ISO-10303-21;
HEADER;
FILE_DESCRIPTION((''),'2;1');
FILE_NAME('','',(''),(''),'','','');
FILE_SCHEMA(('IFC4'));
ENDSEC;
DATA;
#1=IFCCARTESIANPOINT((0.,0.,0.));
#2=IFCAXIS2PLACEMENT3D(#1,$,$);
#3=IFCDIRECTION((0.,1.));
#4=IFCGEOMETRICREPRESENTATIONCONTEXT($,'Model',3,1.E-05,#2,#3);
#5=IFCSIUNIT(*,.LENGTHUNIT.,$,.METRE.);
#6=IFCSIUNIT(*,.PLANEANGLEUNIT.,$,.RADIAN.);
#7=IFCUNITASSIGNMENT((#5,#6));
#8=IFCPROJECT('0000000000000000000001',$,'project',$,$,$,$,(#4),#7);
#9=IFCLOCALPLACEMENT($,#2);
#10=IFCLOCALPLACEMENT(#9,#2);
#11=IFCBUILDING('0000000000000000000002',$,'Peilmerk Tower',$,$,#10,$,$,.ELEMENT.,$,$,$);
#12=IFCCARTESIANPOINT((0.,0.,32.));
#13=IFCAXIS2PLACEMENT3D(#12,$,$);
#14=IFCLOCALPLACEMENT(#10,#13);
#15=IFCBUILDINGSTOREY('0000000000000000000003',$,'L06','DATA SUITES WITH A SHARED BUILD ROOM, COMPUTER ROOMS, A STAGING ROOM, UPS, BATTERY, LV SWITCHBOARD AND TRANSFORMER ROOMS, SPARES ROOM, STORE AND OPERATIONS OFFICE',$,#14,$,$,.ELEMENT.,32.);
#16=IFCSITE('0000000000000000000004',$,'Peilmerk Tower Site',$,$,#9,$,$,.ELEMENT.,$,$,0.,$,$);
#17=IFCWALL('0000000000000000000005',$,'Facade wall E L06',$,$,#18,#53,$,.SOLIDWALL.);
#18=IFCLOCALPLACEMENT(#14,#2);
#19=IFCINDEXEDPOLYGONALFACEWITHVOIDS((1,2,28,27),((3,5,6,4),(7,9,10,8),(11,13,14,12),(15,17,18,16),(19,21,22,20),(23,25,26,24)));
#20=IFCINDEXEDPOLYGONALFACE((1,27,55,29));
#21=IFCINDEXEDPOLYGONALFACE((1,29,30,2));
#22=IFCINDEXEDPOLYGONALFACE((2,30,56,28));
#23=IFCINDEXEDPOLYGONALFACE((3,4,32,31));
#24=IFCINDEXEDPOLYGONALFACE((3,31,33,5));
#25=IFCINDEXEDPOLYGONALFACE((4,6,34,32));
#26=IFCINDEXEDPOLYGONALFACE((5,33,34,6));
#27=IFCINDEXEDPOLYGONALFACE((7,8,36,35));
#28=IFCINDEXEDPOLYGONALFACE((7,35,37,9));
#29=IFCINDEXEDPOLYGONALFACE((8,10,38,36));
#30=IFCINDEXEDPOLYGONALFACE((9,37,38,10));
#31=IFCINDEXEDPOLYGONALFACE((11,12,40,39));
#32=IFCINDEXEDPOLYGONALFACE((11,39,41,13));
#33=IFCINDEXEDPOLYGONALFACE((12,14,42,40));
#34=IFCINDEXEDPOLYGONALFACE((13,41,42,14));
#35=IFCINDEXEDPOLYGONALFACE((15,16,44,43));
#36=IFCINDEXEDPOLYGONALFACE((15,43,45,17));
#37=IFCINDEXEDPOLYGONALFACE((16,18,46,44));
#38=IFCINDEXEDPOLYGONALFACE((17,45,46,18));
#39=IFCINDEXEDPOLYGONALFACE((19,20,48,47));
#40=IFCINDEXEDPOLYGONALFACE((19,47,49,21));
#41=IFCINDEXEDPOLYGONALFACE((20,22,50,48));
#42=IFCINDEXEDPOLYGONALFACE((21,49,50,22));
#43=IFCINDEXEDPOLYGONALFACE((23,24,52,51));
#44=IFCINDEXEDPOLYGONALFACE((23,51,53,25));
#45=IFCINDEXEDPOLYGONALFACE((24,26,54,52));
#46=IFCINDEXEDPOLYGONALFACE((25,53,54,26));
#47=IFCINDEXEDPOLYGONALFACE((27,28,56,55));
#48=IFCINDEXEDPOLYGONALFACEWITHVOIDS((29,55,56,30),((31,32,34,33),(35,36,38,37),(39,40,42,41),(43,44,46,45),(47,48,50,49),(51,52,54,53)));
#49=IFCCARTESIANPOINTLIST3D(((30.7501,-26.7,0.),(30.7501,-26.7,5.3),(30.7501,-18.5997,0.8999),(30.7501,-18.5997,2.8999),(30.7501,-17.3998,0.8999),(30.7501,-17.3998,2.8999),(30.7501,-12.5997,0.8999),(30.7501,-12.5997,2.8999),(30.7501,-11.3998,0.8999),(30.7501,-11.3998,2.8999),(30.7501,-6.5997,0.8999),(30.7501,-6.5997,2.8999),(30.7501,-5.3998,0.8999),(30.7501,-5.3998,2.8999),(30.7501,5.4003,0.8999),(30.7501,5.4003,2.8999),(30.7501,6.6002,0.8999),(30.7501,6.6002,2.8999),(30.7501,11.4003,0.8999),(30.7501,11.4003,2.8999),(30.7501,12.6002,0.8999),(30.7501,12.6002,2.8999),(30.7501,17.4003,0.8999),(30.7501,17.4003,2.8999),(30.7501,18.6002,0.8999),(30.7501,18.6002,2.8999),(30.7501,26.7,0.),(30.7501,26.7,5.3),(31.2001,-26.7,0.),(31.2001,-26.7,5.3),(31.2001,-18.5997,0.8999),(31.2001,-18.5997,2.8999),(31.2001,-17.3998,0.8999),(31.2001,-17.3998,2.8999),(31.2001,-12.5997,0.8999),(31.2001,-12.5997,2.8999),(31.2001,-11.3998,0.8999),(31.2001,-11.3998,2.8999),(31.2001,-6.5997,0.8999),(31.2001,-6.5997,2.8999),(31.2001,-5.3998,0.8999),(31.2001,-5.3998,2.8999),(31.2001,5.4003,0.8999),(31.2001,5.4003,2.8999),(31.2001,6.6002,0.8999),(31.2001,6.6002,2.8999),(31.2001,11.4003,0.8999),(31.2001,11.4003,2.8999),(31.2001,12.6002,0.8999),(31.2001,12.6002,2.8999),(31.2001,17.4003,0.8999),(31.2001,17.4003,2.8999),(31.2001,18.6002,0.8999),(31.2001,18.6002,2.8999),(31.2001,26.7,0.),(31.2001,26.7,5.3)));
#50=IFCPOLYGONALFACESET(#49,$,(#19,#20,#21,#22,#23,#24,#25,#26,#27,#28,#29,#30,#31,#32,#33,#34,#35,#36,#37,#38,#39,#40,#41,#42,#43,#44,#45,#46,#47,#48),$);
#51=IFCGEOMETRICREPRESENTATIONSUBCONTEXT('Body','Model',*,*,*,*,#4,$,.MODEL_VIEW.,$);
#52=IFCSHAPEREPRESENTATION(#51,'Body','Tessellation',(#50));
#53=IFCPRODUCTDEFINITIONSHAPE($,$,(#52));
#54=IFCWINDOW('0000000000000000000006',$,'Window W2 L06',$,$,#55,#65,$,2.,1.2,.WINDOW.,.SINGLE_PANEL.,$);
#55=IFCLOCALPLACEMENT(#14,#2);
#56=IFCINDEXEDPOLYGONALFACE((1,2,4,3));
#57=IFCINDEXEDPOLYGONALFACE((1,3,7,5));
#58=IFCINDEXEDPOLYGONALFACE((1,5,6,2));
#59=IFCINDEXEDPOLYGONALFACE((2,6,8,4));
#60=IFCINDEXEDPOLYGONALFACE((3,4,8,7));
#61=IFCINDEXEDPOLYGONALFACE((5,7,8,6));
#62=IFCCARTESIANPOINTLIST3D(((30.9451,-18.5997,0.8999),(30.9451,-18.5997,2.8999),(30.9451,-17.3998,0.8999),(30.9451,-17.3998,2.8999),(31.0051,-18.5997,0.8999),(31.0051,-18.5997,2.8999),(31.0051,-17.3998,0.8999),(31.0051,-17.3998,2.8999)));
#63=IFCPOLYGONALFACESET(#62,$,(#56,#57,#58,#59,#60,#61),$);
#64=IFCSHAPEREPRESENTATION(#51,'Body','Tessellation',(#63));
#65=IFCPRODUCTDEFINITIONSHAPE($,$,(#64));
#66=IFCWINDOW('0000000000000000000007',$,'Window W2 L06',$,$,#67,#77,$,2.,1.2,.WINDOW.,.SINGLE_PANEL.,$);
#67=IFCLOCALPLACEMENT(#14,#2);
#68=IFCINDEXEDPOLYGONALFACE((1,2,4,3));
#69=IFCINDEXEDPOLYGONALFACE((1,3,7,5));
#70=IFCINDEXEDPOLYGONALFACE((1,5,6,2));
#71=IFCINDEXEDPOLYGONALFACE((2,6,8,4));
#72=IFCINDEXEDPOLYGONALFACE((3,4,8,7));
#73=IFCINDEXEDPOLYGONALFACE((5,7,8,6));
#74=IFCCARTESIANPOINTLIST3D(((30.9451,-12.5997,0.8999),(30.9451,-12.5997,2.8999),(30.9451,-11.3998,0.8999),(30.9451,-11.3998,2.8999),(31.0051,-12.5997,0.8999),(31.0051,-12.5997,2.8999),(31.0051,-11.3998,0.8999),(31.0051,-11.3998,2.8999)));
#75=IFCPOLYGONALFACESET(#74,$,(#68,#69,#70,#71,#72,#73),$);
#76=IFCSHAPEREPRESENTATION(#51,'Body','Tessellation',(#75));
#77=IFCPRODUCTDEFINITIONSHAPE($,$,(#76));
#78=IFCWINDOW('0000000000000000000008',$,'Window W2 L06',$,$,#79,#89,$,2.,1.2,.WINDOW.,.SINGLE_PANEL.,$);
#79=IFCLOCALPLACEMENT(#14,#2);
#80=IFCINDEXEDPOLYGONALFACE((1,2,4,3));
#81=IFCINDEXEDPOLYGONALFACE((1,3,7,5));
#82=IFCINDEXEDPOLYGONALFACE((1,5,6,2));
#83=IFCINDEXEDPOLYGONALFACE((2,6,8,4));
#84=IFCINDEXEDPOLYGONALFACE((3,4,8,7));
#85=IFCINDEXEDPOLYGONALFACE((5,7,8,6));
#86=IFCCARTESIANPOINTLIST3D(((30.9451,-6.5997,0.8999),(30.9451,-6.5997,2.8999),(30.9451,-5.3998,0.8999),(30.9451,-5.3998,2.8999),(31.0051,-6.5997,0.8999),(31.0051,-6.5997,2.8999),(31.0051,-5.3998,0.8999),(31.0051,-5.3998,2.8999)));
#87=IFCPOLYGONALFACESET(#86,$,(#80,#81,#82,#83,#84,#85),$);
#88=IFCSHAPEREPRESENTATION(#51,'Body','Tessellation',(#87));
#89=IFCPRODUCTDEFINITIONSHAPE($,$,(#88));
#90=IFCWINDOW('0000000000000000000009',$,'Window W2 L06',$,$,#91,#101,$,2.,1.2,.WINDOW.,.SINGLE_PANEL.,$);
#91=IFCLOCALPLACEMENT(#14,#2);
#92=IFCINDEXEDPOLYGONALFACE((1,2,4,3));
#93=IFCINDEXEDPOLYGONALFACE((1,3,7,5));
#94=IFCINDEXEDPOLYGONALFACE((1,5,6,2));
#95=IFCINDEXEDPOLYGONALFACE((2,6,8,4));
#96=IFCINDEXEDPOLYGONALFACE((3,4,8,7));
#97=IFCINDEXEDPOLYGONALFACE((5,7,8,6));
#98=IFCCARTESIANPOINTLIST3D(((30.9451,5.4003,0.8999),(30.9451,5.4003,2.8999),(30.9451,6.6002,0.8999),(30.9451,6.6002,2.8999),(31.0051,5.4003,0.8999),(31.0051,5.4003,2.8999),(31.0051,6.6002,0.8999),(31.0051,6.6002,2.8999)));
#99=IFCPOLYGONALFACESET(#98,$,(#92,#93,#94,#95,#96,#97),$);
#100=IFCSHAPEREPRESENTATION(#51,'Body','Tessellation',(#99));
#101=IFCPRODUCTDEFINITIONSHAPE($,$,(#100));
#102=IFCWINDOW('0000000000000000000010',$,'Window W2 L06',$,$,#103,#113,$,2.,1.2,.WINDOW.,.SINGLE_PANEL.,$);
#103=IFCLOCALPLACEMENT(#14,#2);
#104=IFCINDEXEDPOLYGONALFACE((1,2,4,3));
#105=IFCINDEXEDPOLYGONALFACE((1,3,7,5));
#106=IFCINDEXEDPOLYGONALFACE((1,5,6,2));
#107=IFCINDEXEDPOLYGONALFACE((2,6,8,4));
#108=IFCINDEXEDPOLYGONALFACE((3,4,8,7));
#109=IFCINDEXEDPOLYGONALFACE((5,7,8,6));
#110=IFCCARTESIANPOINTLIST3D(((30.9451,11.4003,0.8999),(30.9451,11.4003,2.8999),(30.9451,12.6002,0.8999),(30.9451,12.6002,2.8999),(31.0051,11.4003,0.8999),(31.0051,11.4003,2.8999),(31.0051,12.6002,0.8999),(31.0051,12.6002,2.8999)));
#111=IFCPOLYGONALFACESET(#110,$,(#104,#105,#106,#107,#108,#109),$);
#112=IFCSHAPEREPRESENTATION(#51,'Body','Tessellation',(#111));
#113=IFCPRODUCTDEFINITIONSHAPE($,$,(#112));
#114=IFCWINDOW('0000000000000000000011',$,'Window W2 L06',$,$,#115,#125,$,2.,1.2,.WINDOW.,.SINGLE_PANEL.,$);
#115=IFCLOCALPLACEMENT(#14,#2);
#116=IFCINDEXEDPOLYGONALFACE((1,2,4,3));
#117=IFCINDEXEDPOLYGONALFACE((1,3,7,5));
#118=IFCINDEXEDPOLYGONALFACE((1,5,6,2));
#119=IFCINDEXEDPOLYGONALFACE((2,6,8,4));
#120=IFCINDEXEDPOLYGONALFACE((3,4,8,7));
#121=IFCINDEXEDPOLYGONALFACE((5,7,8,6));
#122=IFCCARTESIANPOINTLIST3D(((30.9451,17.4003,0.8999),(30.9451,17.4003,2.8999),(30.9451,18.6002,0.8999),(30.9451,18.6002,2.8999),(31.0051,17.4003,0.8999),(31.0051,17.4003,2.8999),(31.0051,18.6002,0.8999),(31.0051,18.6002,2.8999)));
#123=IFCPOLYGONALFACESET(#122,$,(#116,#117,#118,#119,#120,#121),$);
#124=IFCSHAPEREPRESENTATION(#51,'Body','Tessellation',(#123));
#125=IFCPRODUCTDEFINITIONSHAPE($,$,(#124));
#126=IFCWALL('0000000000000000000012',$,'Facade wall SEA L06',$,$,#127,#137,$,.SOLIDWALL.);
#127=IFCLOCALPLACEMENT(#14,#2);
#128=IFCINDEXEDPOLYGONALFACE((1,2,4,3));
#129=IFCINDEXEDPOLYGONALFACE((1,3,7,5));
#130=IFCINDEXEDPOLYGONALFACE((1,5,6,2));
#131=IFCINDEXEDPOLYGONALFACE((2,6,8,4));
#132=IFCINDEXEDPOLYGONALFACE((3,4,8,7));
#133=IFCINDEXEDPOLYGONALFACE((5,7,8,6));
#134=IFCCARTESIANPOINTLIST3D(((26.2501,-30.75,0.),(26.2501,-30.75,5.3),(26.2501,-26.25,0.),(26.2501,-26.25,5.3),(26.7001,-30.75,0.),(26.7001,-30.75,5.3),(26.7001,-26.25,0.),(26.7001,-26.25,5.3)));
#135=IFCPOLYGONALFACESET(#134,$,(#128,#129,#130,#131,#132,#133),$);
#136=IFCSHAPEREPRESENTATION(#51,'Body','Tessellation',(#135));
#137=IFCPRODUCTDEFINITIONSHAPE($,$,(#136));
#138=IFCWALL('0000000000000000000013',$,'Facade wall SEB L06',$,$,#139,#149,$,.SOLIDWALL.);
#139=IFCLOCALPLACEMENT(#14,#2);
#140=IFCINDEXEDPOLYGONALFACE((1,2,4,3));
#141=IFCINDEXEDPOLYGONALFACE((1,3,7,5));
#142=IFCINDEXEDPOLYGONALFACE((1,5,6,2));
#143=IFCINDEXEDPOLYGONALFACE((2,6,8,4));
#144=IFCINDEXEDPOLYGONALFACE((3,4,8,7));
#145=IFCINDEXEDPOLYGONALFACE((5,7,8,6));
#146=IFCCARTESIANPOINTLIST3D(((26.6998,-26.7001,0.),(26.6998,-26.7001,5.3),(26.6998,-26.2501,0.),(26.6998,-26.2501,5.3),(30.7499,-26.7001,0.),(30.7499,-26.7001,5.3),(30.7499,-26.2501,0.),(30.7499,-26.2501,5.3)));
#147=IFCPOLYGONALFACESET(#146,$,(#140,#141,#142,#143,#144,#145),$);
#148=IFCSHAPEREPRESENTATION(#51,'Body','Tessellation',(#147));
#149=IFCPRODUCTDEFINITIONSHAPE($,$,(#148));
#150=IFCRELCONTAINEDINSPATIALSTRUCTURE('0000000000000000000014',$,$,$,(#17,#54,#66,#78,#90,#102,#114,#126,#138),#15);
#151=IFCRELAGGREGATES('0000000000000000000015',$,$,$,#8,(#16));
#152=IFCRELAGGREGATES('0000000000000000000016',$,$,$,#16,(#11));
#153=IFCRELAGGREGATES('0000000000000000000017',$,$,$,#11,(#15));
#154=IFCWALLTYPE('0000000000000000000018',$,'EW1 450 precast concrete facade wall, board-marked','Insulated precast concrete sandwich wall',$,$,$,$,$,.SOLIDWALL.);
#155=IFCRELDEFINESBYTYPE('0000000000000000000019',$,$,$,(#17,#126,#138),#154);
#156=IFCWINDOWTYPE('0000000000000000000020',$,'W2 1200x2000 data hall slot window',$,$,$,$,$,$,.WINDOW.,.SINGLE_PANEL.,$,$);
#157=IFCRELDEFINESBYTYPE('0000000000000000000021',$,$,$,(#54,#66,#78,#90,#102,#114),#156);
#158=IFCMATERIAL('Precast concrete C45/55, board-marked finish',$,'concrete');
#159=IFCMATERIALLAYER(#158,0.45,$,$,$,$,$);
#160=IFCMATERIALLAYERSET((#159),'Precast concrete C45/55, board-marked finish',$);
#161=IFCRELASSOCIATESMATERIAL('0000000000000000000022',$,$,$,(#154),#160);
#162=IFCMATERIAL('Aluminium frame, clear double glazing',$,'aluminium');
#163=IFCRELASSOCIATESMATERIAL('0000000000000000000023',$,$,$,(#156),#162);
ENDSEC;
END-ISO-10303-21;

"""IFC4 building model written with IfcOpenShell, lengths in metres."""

from ifc_helpers import new_model, si_unit, direction, frame, frame_2d, origin, place, context, subcontext, project, spatial, rectangle, extrude, material, layer, layer_set, type_object, element, fill, save


model = new_model("IFC4")

# Units and contexts
model_context = context("Model", 3, precision=1e-05, world=origin(), true_north=direction((0.0, 1.0)))
body_context = subcontext(model_context, "Body", "Model", "MODEL_VIEW")
ifc_project = project(units=[si_unit("LENGTHUNIT", "METRE"), si_unit("PLANEANGLEUNIT", "RADIAN")], contexts=[model_context])

# Site, building, storey
site_placement = place(None, origin())
site = spatial("IfcSite", under=ifc_project, at=site_placement, Name="Peilmerk Tower Site", CompositionType="ELEMENT", RefElevation=0.0)
building_placement = place(site_placement, origin())
building = spatial("IfcBuilding", under=site, at=building_placement, Name="Peilmerk Tower", CompositionType="ELEMENT")
storey_placement = place(building_placement, frame((0.0, 0.0, 32.0)))
storey = spatial("IfcBuildingStorey", under=building, at=storey_placement, Name="L06", Description="DATA SUITES WITH A SHARED BUILD ROOM, COMPUTER ROOMS, A STAGING ROOM, UPS, BATTERY, LV SWITCHBOARD AND TRANSFORMER ROOMS, SPARES ROOM, STORE AND OPERATIONS OFFICE", CompositionType="ELEMENT", Elevation=32.0)

# Wall, openings, windows
ifc_material_1 = material(Name="Precast concrete C45/55, board-marked finish", Category="concrete")
ifc_layer = layer(ifc_material_1, 0.45)
ifc_layer_set = layer_set([ifc_layer], Name="Precast concrete C45/55, board-marked finish")
wall_type = type_object("IfcWallType", Name="EW1 450 precast concrete facade wall, board-marked", Description="Insulated precast concrete sandwich wall", PredefinedType="SOLIDWALL", material=ifc_layer_set)
wall_1_placement = place(storey_placement, frame((30.9751, -26.7, 0.0), z_axis=(0.0, 0.0, 1.0), x_axis=(0.0, 1.0, 0.0)))
wall_1 = element("IfcWall", 1, at=wall_1_placement, inside=storey, type_object=wall_type, Name="Facade wall E L06", PredefinedType="SOLIDWALL", context=body_context, shape_type="SweptSolid", body=[
    extrude(rectangle(XDim=53.3999, YDim=0.45, at=frame_2d((26.7, 0.0))), origin(), (0.0, 0.0, 1.0), 5.3),
])
opening_1_placement = place(wall_1_placement, frame((8.1001, 0.0, 0.8999)))
opening_1 = element("IfcOpeningElement", 2, at=opening_1_placement, cuts=wall_1, PredefinedType="OPENING", context=body_context, shape_type="SweptSolid", body=[
    extrude(rectangle(XDim=1.2, YDim=2.0, at=frame_2d((0.6001, 1.0))), frame((0.0, 0.2349, 0.0), z_axis=(0.0, -1.0, 0.0), x_axis=(1.0, 0.0, 0.0)), (0.0, 0.0, 1.0), 0.47),
])
opening_2_placement = place(wall_1_placement, frame((14.1001, 0.0, 0.8999)))
opening_2 = element("IfcOpeningElement", 3, at=opening_2_placement, cuts=wall_1, PredefinedType="OPENING", context=body_context, shape_type="SweptSolid", body=[
    extrude(rectangle(XDim=1.2, YDim=2.0, at=frame_2d((0.6001, 1.0))), frame((0.0, 0.2349, 0.0), z_axis=(0.0, -1.0, 0.0), x_axis=(1.0, 0.0, 0.0)), (0.0, 0.0, 1.0), 0.47),
])
opening_3_placement = place(wall_1_placement, frame((20.1001, 0.0, 0.8999)))
opening_3 = element("IfcOpeningElement", 4, at=opening_3_placement, cuts=wall_1, PredefinedType="OPENING", context=body_context, shape_type="SweptSolid", body=[
    extrude(rectangle(XDim=1.2, YDim=2.0, at=frame_2d((0.6001, 1.0))), frame((0.0, 0.2349, 0.0), z_axis=(0.0, -1.0, 0.0), x_axis=(1.0, 0.0, 0.0)), (0.0, 0.0, 1.0), 0.47),
])
opening_4_placement = place(wall_1_placement, frame((32.1001, 0.0, 0.8999)))
opening_4 = element("IfcOpeningElement", 5, at=opening_4_placement, cuts=wall_1, PredefinedType="OPENING", context=body_context, shape_type="SweptSolid", body=[
    extrude(rectangle(XDim=1.2, YDim=2.0, at=frame_2d((0.6001, 1.0))), frame((0.0, 0.2349, 0.0), z_axis=(0.0, -1.0, 0.0), x_axis=(1.0, 0.0, 0.0)), (0.0, 0.0, 1.0), 0.47),
])
opening_5_placement = place(wall_1_placement, frame((38.1001, 0.0, 0.8999)))
opening_5 = element("IfcOpeningElement", 6, at=opening_5_placement, cuts=wall_1, PredefinedType="OPENING", context=body_context, shape_type="SweptSolid", body=[
    extrude(rectangle(XDim=1.2, YDim=2.0, at=frame_2d((0.6001, 1.0))), frame((0.0, 0.2349, 0.0), z_axis=(0.0, -1.0, 0.0), x_axis=(1.0, 0.0, 0.0)), (0.0, 0.0, 1.0), 0.47),
])
opening_6_placement = place(wall_1_placement, frame((44.1001, 0.0, 0.8999)))
opening_6 = element("IfcOpeningElement", 7, at=opening_6_placement, cuts=wall_1, PredefinedType="OPENING", context=body_context, shape_type="SweptSolid", body=[
    extrude(rectangle(XDim=1.2, YDim=2.0, at=frame_2d((0.6001, 1.0))), frame((0.0, 0.2349, 0.0), z_axis=(0.0, -1.0, 0.0), x_axis=(1.0, 0.0, 0.0)), (0.0, 0.0, 1.0), 0.47),
])
ifc_material_2 = material(Name="Aluminium frame, clear double glazing", Category="aluminium")
window_type = type_object("IfcWindowType", Name="W2 1200x2000 data hall slot window", PartitioningType="SINGLE_PANEL", PredefinedType="WINDOW", material=ifc_material_2)
window_1_placement = place(opening_1_placement, origin())
window_1 = element("IfcWindow", 8, at=window_1_placement, inside=storey, type_object=window_type, Name="Window W2 L06", OverallHeight=2.0, OverallWidth=1.2, PartitioningType="SINGLE_PANEL", PredefinedType="WINDOW", context=body_context, shape_type="SweptSolid", body=[
    extrude(rectangle(XDim=1.2, YDim=2.0, at=frame_2d((0.6001, 1.0))), frame((0.0, 0.03, 0.0), z_axis=(0.0, -1.0, 0.0), x_axis=(1.0, 0.0, 0.0)), (0.0, 0.0, 1.0), 0.0601),
])
fill(opening_1, window_1)
window_2_placement = place(opening_2_placement, origin())
window_2 = element("IfcWindow", 9, at=window_2_placement, inside=storey, type_object=window_type, Name="Window W2 L06", OverallHeight=2.0, OverallWidth=1.2, PartitioningType="SINGLE_PANEL", PredefinedType="WINDOW", context=body_context, shape_type="SweptSolid", body=[
    extrude(rectangle(XDim=1.2, YDim=2.0, at=frame_2d((0.6001, 1.0))), frame((0.0, 0.03, 0.0), z_axis=(0.0, -1.0, 0.0), x_axis=(1.0, 0.0, 0.0)), (0.0, 0.0, 1.0), 0.0601),
])
fill(opening_2, window_2)
window_3_placement = place(opening_3_placement, origin())
window_3 = element("IfcWindow", 10, at=window_3_placement, inside=storey, type_object=window_type, Name="Window W2 L06", OverallHeight=2.0, OverallWidth=1.2, PartitioningType="SINGLE_PANEL", PredefinedType="WINDOW", context=body_context, shape_type="SweptSolid", body=[
    extrude(rectangle(XDim=1.2, YDim=2.0, at=frame_2d((0.6001, 1.0))), frame((0.0, 0.03, 0.0), z_axis=(0.0, -1.0, 0.0), x_axis=(1.0, 0.0, 0.0)), (0.0, 0.0, 1.0), 0.0601),
])
fill(opening_3, window_3)
window_4_placement = place(opening_4_placement, origin())
window_4 = element("IfcWindow", 11, at=window_4_placement, inside=storey, type_object=window_type, Name="Window W2 L06", OverallHeight=2.0, OverallWidth=1.2, PartitioningType="SINGLE_PANEL", PredefinedType="WINDOW", context=body_context, shape_type="SweptSolid", body=[
    extrude(rectangle(XDim=1.2, YDim=2.0, at=frame_2d((0.6001, 1.0))), frame((0.0, 0.03, 0.0), z_axis=(0.0, -1.0, 0.0), x_axis=(1.0, 0.0, 0.0)), (0.0, 0.0, 1.0), 0.0601),
])
fill(opening_4, window_4)
window_5_placement = place(opening_5_placement, origin())
window_5 = element("IfcWindow", 12, at=window_5_placement, inside=storey, type_object=window_type, Name="Window W2 L06", OverallHeight=2.0, OverallWidth=1.2, PartitioningType="SINGLE_PANEL", PredefinedType="WINDOW", context=body_context, shape_type="SweptSolid", body=[
    extrude(rectangle(XDim=1.2, YDim=2.0, at=frame_2d((0.6001, 1.0))), frame((0.0, 0.03, 0.0), z_axis=(0.0, -1.0, 0.0), x_axis=(1.0, 0.0, 0.0)), (0.0, 0.0, 1.0), 0.0601),
])
fill(opening_5, window_5)
window_6_placement = place(opening_6_placement, origin())
window_6 = element("IfcWindow", 13, at=window_6_placement, inside=storey, type_object=window_type, Name="Window W2 L06", OverallHeight=2.0, OverallWidth=1.2, PartitioningType="SINGLE_PANEL", PredefinedType="WINDOW", context=body_context, shape_type="SweptSolid", body=[
    extrude(rectangle(XDim=1.2, YDim=2.0, at=frame_2d((0.6001, 1.0))), frame((0.0, 0.03, 0.0), z_axis=(0.0, -1.0, 0.0), x_axis=(1.0, 0.0, 0.0)), (0.0, 0.0, 1.0), 0.0601),
])
fill(opening_6, window_6)

# Walls
wall_2_placement = place(storey_placement, frame((26.4751, -26.25, 0.0), z_axis=(0.0, 0.0, 1.0), x_axis=(0.0, -1.0, 0.0)))
element("IfcWall", 14, at=wall_2_placement, inside=storey, type_object=wall_type, Name="Facade wall SEA L06", PredefinedType="SOLIDWALL", context=body_context, shape_type="SweptSolid", body=[
    extrude(rectangle(XDim=4.5, YDim=0.45, at=frame_2d((2.25, 0.0))), origin(), (0.0, 0.0, 1.0), 5.3),
])
wall_3_placement = place(storey_placement, frame((26.7, -26.4751, 0.0), z_axis=(0.0, 0.0, 1.0), x_axis=(1.0, 0.0, 0.0)))
element("IfcWall", 15, at=wall_3_placement, inside=storey, type_object=wall_type, Name="Facade wall SEB L06", PredefinedType="SOLIDWALL", context=body_context, shape_type="SweptSolid", body=[
    extrude(rectangle(XDim=4.05, YDim=0.45, at=frame_2d((2.0249, 0.0))), origin(), (0.0, 0.0, 1.0), 5.3),
])

save(model, "model.ifc")
